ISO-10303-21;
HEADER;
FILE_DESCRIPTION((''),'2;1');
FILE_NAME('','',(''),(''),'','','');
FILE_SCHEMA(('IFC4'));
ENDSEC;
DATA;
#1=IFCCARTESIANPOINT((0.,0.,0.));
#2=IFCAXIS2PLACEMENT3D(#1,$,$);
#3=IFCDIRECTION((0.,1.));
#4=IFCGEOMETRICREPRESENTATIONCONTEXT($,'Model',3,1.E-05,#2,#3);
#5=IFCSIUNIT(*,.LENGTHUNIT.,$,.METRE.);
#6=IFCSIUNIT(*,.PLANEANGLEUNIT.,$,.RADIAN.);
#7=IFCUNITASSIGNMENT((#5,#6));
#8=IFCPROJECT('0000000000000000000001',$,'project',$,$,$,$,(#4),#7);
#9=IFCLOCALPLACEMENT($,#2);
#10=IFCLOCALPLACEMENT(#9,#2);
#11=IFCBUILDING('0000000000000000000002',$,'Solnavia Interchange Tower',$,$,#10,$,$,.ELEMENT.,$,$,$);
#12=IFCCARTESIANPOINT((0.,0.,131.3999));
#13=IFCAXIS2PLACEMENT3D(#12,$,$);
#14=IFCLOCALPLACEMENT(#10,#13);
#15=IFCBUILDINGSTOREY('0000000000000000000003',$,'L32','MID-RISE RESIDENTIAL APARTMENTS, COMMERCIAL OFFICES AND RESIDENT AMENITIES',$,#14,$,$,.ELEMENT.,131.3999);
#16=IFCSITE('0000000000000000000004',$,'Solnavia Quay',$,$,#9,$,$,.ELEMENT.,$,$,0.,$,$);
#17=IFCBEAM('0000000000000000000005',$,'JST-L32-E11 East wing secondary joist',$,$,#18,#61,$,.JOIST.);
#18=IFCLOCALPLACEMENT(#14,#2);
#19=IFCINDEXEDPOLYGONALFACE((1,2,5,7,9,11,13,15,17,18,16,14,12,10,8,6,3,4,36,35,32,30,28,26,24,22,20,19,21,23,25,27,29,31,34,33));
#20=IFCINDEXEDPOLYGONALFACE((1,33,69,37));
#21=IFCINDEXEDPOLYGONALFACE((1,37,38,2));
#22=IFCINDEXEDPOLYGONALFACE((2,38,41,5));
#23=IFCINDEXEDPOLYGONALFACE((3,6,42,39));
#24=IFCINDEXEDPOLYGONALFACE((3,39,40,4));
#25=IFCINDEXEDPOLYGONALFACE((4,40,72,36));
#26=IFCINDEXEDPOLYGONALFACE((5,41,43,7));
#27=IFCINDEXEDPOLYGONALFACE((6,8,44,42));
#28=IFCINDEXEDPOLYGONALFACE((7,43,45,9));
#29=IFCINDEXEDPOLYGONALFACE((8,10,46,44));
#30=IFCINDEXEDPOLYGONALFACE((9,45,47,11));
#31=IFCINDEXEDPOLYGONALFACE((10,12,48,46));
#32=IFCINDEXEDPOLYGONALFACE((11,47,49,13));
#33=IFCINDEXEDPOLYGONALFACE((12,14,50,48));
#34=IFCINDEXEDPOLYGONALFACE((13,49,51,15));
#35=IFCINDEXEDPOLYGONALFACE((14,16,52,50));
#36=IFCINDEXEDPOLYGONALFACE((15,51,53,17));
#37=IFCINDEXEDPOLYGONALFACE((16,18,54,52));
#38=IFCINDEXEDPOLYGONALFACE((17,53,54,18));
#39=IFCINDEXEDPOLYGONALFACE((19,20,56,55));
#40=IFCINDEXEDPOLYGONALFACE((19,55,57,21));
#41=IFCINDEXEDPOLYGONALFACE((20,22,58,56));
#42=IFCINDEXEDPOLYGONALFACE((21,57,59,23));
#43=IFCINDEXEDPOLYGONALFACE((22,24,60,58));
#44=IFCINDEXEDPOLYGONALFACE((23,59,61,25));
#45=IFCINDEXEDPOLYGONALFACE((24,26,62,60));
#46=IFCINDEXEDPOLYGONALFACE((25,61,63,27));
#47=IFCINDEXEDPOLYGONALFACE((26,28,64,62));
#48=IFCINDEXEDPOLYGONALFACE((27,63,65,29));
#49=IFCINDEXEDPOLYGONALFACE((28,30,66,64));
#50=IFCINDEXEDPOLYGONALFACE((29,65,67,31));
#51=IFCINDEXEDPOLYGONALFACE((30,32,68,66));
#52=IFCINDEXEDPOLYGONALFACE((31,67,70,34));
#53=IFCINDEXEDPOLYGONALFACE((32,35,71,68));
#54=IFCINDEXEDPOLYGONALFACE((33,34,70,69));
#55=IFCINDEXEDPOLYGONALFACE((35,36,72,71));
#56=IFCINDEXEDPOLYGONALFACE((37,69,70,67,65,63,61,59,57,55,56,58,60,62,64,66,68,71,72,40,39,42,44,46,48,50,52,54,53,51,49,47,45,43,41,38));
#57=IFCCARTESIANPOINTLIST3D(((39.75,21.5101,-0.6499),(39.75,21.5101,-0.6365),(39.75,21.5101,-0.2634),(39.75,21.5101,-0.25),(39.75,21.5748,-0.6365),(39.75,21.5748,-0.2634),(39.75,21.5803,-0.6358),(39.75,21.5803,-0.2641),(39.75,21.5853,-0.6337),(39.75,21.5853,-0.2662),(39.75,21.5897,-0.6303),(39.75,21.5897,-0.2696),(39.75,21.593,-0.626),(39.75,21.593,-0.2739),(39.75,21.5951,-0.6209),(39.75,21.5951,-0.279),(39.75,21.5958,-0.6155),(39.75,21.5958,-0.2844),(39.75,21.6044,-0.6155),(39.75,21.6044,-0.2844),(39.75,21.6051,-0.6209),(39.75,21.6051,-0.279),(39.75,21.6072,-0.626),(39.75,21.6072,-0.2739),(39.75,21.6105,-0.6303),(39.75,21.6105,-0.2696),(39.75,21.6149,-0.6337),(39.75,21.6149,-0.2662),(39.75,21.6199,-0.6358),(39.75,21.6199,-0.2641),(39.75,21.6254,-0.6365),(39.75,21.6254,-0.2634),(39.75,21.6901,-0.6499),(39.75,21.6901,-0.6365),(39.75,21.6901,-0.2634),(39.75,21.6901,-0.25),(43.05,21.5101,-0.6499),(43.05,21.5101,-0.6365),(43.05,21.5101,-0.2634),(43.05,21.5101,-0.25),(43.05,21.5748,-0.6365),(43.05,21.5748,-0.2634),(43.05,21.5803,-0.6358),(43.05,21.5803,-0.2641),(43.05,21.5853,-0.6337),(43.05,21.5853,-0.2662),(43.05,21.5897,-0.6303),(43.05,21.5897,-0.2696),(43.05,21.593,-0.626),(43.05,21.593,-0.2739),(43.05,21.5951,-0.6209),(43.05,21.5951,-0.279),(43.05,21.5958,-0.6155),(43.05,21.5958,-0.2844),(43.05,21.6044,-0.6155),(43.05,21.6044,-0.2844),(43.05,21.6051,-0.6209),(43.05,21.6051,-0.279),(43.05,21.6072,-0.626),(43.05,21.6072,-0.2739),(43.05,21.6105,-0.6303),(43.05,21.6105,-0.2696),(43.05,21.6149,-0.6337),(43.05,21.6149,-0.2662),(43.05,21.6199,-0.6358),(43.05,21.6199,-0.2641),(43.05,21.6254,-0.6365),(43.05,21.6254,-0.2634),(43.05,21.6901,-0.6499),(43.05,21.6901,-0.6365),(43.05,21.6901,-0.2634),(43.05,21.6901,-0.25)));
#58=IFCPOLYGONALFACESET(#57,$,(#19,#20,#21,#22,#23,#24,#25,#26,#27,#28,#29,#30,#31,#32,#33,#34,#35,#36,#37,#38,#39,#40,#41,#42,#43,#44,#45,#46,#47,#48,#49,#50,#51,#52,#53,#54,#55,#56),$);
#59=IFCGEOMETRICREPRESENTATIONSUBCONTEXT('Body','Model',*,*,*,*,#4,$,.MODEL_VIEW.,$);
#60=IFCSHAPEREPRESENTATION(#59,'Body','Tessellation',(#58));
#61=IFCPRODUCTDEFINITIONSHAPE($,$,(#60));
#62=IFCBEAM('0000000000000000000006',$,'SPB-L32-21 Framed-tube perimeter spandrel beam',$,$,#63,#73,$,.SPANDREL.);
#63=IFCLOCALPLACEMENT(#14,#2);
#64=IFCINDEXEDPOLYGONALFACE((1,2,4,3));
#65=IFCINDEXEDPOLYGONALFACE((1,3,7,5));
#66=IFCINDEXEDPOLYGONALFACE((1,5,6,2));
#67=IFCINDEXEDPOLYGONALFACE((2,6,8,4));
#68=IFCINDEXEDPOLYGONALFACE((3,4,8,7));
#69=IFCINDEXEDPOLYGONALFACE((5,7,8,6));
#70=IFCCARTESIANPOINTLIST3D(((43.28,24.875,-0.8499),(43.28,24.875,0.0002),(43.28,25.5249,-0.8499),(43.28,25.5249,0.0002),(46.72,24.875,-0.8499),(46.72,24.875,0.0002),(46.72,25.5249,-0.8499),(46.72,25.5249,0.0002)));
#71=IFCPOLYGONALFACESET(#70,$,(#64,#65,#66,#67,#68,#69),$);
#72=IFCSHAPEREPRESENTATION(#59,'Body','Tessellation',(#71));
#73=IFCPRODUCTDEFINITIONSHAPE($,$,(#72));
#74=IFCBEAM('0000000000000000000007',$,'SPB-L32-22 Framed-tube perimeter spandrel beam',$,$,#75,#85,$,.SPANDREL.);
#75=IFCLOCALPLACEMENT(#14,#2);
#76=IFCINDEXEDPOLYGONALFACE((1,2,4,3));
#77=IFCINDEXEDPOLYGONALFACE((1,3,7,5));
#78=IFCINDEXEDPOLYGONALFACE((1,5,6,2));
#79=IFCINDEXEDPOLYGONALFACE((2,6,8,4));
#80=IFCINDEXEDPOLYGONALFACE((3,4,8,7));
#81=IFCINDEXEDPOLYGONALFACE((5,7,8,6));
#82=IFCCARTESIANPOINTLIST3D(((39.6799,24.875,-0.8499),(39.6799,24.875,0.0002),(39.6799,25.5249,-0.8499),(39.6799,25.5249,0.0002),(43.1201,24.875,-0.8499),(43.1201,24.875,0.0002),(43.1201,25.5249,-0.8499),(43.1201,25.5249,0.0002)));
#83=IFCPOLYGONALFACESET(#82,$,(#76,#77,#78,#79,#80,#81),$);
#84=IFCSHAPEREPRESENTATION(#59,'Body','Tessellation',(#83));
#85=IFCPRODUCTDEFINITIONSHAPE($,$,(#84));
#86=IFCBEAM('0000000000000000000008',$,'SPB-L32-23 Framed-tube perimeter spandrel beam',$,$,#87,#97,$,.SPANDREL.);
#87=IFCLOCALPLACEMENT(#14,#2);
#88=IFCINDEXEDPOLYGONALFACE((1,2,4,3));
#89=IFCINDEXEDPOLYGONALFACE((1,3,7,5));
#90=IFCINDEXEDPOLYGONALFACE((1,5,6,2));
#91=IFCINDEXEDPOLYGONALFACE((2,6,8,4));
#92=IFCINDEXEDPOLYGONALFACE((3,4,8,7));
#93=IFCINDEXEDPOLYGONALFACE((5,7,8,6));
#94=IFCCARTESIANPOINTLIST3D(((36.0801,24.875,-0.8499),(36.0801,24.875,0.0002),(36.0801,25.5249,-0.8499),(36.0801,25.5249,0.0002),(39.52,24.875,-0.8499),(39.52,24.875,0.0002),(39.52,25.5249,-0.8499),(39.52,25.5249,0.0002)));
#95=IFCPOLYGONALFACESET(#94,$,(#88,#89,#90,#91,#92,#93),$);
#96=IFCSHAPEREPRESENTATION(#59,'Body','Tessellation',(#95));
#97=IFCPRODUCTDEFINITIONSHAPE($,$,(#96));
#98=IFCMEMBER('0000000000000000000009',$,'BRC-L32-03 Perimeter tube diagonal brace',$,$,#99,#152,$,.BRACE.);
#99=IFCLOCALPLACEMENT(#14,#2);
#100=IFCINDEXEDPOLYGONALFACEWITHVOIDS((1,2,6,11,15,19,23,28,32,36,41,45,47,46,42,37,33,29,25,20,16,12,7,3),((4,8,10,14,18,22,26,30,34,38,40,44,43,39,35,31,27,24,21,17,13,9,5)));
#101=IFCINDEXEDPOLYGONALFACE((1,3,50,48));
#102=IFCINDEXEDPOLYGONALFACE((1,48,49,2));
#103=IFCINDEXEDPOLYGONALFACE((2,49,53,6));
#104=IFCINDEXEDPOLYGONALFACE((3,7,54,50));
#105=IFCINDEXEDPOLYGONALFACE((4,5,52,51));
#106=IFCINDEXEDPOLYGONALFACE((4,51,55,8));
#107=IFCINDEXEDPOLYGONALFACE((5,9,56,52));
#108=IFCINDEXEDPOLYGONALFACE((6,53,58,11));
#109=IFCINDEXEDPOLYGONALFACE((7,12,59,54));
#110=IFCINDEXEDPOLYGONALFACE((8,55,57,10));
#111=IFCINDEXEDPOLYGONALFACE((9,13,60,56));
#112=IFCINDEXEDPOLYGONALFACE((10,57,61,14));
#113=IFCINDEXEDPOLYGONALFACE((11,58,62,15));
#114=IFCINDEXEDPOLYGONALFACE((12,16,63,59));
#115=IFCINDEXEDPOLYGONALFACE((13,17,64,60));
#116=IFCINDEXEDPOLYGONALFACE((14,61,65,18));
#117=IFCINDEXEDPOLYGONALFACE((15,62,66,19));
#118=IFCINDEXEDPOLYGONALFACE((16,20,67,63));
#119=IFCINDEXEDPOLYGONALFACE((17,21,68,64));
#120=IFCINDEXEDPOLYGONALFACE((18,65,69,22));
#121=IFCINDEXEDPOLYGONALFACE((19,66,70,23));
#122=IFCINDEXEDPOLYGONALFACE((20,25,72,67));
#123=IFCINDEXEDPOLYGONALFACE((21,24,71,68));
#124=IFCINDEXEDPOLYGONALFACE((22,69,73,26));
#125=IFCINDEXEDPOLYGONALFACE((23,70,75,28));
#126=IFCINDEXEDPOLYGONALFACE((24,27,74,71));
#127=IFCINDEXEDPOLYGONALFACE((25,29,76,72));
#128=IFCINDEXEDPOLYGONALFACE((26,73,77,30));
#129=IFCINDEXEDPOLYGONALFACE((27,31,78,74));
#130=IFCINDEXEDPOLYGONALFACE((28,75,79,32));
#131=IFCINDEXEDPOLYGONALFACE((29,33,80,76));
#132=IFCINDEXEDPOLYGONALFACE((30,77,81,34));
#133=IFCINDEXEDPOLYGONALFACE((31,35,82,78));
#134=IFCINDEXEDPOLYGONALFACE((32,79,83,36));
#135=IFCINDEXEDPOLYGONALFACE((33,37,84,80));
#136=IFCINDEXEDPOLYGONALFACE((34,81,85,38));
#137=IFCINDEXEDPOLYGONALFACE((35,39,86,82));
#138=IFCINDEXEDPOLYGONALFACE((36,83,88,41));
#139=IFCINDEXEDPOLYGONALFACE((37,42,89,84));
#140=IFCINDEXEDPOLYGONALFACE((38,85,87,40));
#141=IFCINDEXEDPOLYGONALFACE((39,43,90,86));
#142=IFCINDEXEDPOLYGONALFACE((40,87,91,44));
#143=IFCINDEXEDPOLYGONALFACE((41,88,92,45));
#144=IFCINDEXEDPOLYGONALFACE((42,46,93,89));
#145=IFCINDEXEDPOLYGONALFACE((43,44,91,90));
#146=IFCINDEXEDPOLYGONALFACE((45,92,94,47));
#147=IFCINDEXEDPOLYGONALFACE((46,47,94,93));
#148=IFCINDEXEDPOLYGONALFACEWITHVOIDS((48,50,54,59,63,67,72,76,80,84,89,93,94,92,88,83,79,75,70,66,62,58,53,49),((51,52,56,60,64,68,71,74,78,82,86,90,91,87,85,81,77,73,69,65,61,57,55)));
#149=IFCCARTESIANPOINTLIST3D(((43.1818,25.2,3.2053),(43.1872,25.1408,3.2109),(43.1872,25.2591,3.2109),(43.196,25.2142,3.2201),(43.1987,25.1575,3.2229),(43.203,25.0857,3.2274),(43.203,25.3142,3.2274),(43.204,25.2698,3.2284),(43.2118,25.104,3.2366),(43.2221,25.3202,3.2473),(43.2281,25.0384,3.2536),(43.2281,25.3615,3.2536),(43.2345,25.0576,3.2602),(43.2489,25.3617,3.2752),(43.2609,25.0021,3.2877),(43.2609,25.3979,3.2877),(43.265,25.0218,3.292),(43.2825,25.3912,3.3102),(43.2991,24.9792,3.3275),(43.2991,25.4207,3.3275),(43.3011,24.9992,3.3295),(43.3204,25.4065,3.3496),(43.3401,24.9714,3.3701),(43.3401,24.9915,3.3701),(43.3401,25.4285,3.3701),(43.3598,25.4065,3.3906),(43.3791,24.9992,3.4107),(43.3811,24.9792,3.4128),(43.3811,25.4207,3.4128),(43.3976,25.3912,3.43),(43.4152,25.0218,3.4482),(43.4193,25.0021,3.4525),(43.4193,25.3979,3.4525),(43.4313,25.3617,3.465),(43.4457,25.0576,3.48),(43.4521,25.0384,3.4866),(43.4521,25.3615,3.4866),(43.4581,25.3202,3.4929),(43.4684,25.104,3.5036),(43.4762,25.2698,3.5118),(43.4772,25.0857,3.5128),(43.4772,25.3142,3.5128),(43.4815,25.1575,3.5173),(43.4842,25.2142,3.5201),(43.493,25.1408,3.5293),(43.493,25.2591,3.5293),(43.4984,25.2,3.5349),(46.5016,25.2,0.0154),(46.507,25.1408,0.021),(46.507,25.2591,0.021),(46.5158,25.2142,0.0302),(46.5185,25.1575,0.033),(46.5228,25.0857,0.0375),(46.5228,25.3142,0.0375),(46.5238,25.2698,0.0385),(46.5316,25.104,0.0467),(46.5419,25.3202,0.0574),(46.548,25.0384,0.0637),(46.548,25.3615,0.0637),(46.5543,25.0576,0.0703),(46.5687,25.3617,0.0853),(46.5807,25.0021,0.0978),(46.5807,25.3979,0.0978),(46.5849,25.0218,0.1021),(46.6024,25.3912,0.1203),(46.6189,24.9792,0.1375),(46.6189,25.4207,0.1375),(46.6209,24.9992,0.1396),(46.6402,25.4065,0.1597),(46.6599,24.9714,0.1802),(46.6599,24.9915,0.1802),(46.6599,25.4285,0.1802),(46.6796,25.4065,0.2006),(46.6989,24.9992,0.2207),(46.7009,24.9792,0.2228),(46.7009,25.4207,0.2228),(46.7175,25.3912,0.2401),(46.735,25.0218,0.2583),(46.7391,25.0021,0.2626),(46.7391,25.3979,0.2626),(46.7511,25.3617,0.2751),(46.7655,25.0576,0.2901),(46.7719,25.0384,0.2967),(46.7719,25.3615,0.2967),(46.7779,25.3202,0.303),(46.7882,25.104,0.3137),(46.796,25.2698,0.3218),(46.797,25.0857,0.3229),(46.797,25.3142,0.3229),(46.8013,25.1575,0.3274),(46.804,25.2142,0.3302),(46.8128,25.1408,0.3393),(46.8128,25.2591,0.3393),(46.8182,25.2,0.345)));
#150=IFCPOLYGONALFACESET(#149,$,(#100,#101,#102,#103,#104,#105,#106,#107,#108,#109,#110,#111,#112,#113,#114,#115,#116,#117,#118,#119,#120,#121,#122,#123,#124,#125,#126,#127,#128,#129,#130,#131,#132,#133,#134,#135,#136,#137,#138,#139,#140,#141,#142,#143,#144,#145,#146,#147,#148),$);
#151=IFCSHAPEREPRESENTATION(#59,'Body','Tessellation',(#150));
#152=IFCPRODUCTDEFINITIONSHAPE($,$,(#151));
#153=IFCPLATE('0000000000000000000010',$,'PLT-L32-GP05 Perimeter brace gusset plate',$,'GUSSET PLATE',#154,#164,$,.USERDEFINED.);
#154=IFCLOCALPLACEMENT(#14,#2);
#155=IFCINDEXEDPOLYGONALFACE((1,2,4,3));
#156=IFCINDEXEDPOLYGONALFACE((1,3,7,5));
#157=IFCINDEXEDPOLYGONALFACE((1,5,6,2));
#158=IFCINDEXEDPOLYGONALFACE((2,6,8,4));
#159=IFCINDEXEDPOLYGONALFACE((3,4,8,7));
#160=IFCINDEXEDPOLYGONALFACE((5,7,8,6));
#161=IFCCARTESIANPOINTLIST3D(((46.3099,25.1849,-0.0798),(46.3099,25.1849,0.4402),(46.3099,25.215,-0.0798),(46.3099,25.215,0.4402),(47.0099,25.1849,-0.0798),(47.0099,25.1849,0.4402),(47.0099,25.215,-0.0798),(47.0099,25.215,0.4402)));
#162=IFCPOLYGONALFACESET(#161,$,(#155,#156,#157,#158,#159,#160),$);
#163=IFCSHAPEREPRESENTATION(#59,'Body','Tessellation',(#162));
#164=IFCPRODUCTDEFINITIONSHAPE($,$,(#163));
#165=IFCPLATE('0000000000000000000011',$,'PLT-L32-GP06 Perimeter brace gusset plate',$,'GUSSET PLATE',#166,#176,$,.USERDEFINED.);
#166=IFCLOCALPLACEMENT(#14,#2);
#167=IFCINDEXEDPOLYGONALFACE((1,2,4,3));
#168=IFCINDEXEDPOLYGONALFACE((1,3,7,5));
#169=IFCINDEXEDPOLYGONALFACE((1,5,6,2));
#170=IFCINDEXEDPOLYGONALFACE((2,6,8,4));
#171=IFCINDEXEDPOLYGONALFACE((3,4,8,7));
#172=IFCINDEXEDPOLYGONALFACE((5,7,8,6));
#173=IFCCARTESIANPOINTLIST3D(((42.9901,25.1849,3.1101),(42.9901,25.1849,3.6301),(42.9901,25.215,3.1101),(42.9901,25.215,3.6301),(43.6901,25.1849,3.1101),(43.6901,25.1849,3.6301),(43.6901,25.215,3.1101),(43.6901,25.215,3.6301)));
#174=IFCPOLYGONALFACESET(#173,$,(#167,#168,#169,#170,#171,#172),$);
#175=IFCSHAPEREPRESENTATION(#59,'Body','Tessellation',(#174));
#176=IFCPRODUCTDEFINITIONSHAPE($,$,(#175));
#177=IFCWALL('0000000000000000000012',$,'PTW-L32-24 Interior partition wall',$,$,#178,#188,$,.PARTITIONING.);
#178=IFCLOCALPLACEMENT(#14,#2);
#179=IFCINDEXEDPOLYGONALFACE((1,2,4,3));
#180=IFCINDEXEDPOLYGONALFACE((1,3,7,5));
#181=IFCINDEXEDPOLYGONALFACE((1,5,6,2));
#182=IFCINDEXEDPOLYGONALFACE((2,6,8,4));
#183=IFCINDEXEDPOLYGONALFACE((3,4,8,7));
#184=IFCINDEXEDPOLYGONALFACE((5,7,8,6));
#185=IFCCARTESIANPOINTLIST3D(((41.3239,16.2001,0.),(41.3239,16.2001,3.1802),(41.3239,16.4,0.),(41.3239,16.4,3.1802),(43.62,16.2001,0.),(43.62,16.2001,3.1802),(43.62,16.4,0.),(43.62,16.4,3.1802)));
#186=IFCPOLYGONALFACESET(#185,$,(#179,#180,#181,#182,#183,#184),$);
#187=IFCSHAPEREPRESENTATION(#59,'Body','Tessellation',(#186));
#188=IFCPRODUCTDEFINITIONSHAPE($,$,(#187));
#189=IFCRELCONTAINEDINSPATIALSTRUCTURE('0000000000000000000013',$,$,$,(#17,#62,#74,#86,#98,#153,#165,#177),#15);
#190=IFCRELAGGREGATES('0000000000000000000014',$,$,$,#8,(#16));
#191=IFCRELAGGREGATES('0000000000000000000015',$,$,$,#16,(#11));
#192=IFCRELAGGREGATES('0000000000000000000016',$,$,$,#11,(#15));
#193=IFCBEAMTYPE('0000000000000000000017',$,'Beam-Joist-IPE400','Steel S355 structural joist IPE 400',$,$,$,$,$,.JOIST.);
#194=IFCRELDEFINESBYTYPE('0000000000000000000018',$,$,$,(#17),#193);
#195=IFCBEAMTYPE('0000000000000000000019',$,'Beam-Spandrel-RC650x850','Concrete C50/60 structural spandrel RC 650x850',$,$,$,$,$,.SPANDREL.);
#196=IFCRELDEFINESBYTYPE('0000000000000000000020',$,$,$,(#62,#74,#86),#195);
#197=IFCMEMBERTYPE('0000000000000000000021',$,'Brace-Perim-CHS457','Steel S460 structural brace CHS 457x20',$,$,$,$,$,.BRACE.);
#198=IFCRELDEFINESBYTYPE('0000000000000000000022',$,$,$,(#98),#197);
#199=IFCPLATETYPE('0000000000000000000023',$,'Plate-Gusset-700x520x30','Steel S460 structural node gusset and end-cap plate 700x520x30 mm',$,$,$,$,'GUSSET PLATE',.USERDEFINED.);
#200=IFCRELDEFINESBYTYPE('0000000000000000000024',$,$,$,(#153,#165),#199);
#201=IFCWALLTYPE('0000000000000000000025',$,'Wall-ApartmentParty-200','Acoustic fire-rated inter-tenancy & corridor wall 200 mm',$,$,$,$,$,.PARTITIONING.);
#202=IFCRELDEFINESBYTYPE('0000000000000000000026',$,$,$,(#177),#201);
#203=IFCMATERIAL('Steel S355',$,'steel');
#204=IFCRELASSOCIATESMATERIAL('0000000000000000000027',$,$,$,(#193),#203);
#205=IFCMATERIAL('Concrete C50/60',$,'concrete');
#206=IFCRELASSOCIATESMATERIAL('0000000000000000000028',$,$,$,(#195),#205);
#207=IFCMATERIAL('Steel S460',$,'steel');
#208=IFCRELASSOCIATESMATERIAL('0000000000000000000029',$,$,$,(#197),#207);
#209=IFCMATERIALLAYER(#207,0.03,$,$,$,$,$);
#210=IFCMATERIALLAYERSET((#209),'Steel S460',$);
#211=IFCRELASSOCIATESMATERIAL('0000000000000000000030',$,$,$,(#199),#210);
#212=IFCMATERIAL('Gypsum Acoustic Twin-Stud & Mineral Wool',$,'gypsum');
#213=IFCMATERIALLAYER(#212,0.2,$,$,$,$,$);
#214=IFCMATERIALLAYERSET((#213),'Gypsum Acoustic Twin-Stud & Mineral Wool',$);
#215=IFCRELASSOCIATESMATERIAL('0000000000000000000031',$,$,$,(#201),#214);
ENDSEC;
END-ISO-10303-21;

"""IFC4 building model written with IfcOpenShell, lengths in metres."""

from ifc_helpers import new_model, si_unit, direction, frame, frame_2d, origin, origin_2d, place, context, subcontext, project, spatial, rectangle, hollow_circle, i_section, extrude, material, layer, layer_set, material_profile, profile_set, type_object, element, save


model = new_model("IFC4")

# Units and contexts
model_context = context("Model", 3, precision=1e-05, world=origin(), true_north=direction((0.0, 1.0)))
body_context = subcontext(model_context, "Body", "Model", "MODEL_VIEW")
ifc_project = project(units=[si_unit("LENGTHUNIT", "METRE"), si_unit("PLANEANGLEUNIT", "RADIAN")], contexts=[model_context])

# Site, building, storey
site_placement = place(None, origin())
site = spatial("IfcSite", under=ifc_project, at=site_placement, Name="Solnavia Quay", CompositionType="ELEMENT", RefElevation=0.0)
building_placement = place(site_placement, origin())
building = spatial("IfcBuilding", under=site, at=building_placement, Name="Solnavia Interchange Tower", CompositionType="ELEMENT")
storey_placement = place(building_placement, frame((0.0, 0.0, 131.3999)))
storey = spatial("IfcBuildingStorey", under=building, at=storey_placement, Name="L32", Description="MID-RISE RESIDENTIAL APARTMENTS, COMMERCIAL OFFICES AND RESIDENT AMENITIES", CompositionType="ELEMENT", Elevation=131.3999)

# Shared definitions
ifc_material_1 = material(Name="Concrete C50/60", Category="concrete")

# Beams
ifc_material_2 = material(Name="Steel S355", Category="steel")
ifc_material_profile_1 = material_profile(ifc_material_2, i_section(OverallWidth=0.1799, OverallDepth=0.3999, WebThickness=0.0085, FlangeThickness=0.0134, FilletRadius=0.021, at=origin_2d()), Name="IPE 400")
ifc_profile_set_1 = profile_set([ifc_material_profile_1], Name="Steel S355")
beam_type_1 = type_object("IfcBeamType", Name="Beam-Joist-IPE400", Description="Steel S355 structural joist IPE 400", PredefinedType="JOIST", material=ifc_profile_set_1)
for number, where, z_axis, x_axis, name in (
    (1, (39.75, 21.6001, -0.45), (1.0, 0.0, 0.0), (0.0, 1.0, 0.0), "JST-L32-E11 East wing secondary joist"),
):
    element("IfcBeam", number, at=place(storey_placement, frame(where, z_axis=z_axis, x_axis=x_axis)), inside=storey, type_object=beam_type_1, Name=name, PredefinedType="JOIST", context=body_context, shape_type="SweptSolid", body=[
        extrude(i_section(OverallWidth=0.1799, OverallDepth=0.3999, WebThickness=0.0085, FlangeThickness=0.0134, FilletRadius=0.021, at=origin_2d()), origin(), (0.0, 0.0, 1.0), 3.3),
    ])
ifc_material_profile_2 = material_profile(ifc_material_1, rectangle(XDim=0.6499, YDim=0.8501, at=origin_2d()), Name="RC 650x850")
ifc_profile_set_2 = profile_set([ifc_material_profile_2], Name="Concrete C50/60")
beam_type_2 = type_object("IfcBeamType", Name="Beam-Spandrel-RC650x850", Description="Concrete C50/60 structural spandrel RC 650x850", PredefinedType="SPANDREL", material=ifc_profile_set_2)
beam_1_placement = place(storey_placement, frame((46.72, 25.2, -0.4248), z_axis=(-1.0, 0.0, 0.0), x_axis=(0.0, -1.0, 0.0)))
element("IfcBeam", 2, at=beam_1_placement, inside=storey, type_object=beam_type_2, Name="SPB-L32-21 Framed-tube perimeter spandrel beam", PredefinedType="SPANDREL", context=body_context, shape_type="SweptSolid", body=[
    extrude(rectangle(XDim=0.6499, YDim=0.8501, at=origin_2d()), origin(), (0.0, 0.0, 1.0), 3.4399),
])
beam_2_placement = place(storey_placement, frame((43.1201, 25.2, -0.4248), z_axis=(-1.0, 0.0, 0.0), x_axis=(0.0, -1.0, 0.0)))
element("IfcBeam", 3, at=beam_2_placement, inside=storey, type_object=beam_type_2, Name="SPB-L32-22 Framed-tube perimeter spandrel beam", PredefinedType="SPANDREL", context=body_context, shape_type="SweptSolid", body=[
    extrude(rectangle(XDim=0.6499, YDim=0.8501, at=origin_2d()), origin(), (0.0, 0.0, 1.0), 3.4402),
])
beam_3_placement = place(storey_placement, frame((39.52, 25.2, -0.4248), z_axis=(-1.0, 0.0, 0.0), x_axis=(0.0, -1.0, 0.0)))
element("IfcBeam", 4, at=beam_3_placement, inside=storey, type_object=beam_type_2, Name="SPB-L32-23 Framed-tube perimeter spandrel beam", PredefinedType="SPANDREL", context=body_context, shape_type="SweptSolid", body=[
    extrude(rectangle(XDim=0.6499, YDim=0.8501, at=origin_2d()), origin(), (0.0, 0.0, 1.0), 3.4399),
])

# Member
ifc_material_3 = material(Name="Steel S460", Category="steel")
ifc_material_profile_3 = material_profile(ifc_material_3, hollow_circle(Radius=0.2285, WallThickness=0.02, at=origin_2d()), Name="CHS 457x20")
ifc_profile_set_3 = profile_set([ifc_material_profile_3], Name="Steel S460")
member_type = type_object("IfcMemberType", Name="Brace-Perim-CHS457", Description="Steel S460 structural brace CHS 457x20", PredefinedType="BRACE", material=ifc_profile_set_3)
member_placement = place(storey_placement, frame((46.6599, 25.2, 0.1802), z_axis=(-0.721071, 0.0, 0.692861), x_axis=(0.0, -1.0, 0.0)))
element("IfcMember", 5, at=member_placement, inside=storey, type_object=member_type, Name="BRC-L32-03 Perimeter tube diagonal brace", PredefinedType="BRACE", context=body_context, shape_type="SweptSolid", body=[
    extrude(hollow_circle(Radius=0.2285, WallThickness=0.02, at=origin_2d()), origin(), (0.0, 0.0, 1.0), 4.604),
])

# Plates
ifc_layer_1 = layer(ifc_material_3, 0.03)
ifc_layer_set_1 = layer_set([ifc_layer_1], Name="Steel S460")
plate_type = type_object("IfcPlateType", Name="Plate-Gusset-700x520x30", Description="Steel S460 structural node gusset and end-cap plate 700x520x30 mm", ElementType="GUSSET PLATE", PredefinedType="USERDEFINED", material=ifc_layer_set_1)
for number, where, z_axis, x_axis, name in (
    (6, (46.6599, 25.2, -0.0798), (0.0, 0.0, 1.0), (-1.0, 0.0, 0.0), "PLT-L32-GP05 Perimeter brace gusset plate"),
    (7, (43.3401, 25.2, 3.1101), (0.0, 0.0, 1.0), (-1.0, 0.0, 0.0), "PLT-L32-GP06 Perimeter brace gusset plate"),
):
    element("IfcPlate", number, at=place(storey_placement, frame(where, z_axis=z_axis, x_axis=x_axis)), inside=storey, type_object=plate_type, Name=name, ObjectType="GUSSET PLATE", PredefinedType="USERDEFINED", context=body_context, shape_type="SweptSolid", body=[
        extrude(rectangle(XDim=0.7, YDim=0.03, at=origin_2d()), origin(), (0.0, 0.0, 1.0), 0.52),
    ])

# Wall
ifc_material_4 = material(Name="Gypsum Acoustic Twin-Stud & Mineral Wool", Category="gypsum")
ifc_layer_2 = layer(ifc_material_4, 0.2)
ifc_layer_set_2 = layer_set([ifc_layer_2], Name="Gypsum Acoustic Twin-Stud & Mineral Wool")
wall_type_1 = type_object("IfcWallType", Name="Wall-ApartmentParty-200", Description="Acoustic fire-rated inter-tenancy & corridor wall 200 mm", PredefinedType="PARTITIONING", material=ifc_layer_set_2)
wall_1_placement = place(storey_placement, frame((41.324, 16.3, 0.0), z_axis=(0.0, 0.0, 1.0), x_axis=(1.0, 0.0, 0.0)))
element("IfcWall", 8, at=wall_1_placement, inside=storey, type_object=wall_type_1, Name="PTW-L32-24 Interior partition wall", PredefinedType="PARTITIONING", context=body_context, shape_type="SweptSolid", body=[
    extrude(rectangle(XDim=2.2961, YDim=0.2, at=frame_2d((1.1479, 0.0))), origin(), (0.0, 0.0, 1.0), 3.1802),
])

save(model, "model.ifc")
